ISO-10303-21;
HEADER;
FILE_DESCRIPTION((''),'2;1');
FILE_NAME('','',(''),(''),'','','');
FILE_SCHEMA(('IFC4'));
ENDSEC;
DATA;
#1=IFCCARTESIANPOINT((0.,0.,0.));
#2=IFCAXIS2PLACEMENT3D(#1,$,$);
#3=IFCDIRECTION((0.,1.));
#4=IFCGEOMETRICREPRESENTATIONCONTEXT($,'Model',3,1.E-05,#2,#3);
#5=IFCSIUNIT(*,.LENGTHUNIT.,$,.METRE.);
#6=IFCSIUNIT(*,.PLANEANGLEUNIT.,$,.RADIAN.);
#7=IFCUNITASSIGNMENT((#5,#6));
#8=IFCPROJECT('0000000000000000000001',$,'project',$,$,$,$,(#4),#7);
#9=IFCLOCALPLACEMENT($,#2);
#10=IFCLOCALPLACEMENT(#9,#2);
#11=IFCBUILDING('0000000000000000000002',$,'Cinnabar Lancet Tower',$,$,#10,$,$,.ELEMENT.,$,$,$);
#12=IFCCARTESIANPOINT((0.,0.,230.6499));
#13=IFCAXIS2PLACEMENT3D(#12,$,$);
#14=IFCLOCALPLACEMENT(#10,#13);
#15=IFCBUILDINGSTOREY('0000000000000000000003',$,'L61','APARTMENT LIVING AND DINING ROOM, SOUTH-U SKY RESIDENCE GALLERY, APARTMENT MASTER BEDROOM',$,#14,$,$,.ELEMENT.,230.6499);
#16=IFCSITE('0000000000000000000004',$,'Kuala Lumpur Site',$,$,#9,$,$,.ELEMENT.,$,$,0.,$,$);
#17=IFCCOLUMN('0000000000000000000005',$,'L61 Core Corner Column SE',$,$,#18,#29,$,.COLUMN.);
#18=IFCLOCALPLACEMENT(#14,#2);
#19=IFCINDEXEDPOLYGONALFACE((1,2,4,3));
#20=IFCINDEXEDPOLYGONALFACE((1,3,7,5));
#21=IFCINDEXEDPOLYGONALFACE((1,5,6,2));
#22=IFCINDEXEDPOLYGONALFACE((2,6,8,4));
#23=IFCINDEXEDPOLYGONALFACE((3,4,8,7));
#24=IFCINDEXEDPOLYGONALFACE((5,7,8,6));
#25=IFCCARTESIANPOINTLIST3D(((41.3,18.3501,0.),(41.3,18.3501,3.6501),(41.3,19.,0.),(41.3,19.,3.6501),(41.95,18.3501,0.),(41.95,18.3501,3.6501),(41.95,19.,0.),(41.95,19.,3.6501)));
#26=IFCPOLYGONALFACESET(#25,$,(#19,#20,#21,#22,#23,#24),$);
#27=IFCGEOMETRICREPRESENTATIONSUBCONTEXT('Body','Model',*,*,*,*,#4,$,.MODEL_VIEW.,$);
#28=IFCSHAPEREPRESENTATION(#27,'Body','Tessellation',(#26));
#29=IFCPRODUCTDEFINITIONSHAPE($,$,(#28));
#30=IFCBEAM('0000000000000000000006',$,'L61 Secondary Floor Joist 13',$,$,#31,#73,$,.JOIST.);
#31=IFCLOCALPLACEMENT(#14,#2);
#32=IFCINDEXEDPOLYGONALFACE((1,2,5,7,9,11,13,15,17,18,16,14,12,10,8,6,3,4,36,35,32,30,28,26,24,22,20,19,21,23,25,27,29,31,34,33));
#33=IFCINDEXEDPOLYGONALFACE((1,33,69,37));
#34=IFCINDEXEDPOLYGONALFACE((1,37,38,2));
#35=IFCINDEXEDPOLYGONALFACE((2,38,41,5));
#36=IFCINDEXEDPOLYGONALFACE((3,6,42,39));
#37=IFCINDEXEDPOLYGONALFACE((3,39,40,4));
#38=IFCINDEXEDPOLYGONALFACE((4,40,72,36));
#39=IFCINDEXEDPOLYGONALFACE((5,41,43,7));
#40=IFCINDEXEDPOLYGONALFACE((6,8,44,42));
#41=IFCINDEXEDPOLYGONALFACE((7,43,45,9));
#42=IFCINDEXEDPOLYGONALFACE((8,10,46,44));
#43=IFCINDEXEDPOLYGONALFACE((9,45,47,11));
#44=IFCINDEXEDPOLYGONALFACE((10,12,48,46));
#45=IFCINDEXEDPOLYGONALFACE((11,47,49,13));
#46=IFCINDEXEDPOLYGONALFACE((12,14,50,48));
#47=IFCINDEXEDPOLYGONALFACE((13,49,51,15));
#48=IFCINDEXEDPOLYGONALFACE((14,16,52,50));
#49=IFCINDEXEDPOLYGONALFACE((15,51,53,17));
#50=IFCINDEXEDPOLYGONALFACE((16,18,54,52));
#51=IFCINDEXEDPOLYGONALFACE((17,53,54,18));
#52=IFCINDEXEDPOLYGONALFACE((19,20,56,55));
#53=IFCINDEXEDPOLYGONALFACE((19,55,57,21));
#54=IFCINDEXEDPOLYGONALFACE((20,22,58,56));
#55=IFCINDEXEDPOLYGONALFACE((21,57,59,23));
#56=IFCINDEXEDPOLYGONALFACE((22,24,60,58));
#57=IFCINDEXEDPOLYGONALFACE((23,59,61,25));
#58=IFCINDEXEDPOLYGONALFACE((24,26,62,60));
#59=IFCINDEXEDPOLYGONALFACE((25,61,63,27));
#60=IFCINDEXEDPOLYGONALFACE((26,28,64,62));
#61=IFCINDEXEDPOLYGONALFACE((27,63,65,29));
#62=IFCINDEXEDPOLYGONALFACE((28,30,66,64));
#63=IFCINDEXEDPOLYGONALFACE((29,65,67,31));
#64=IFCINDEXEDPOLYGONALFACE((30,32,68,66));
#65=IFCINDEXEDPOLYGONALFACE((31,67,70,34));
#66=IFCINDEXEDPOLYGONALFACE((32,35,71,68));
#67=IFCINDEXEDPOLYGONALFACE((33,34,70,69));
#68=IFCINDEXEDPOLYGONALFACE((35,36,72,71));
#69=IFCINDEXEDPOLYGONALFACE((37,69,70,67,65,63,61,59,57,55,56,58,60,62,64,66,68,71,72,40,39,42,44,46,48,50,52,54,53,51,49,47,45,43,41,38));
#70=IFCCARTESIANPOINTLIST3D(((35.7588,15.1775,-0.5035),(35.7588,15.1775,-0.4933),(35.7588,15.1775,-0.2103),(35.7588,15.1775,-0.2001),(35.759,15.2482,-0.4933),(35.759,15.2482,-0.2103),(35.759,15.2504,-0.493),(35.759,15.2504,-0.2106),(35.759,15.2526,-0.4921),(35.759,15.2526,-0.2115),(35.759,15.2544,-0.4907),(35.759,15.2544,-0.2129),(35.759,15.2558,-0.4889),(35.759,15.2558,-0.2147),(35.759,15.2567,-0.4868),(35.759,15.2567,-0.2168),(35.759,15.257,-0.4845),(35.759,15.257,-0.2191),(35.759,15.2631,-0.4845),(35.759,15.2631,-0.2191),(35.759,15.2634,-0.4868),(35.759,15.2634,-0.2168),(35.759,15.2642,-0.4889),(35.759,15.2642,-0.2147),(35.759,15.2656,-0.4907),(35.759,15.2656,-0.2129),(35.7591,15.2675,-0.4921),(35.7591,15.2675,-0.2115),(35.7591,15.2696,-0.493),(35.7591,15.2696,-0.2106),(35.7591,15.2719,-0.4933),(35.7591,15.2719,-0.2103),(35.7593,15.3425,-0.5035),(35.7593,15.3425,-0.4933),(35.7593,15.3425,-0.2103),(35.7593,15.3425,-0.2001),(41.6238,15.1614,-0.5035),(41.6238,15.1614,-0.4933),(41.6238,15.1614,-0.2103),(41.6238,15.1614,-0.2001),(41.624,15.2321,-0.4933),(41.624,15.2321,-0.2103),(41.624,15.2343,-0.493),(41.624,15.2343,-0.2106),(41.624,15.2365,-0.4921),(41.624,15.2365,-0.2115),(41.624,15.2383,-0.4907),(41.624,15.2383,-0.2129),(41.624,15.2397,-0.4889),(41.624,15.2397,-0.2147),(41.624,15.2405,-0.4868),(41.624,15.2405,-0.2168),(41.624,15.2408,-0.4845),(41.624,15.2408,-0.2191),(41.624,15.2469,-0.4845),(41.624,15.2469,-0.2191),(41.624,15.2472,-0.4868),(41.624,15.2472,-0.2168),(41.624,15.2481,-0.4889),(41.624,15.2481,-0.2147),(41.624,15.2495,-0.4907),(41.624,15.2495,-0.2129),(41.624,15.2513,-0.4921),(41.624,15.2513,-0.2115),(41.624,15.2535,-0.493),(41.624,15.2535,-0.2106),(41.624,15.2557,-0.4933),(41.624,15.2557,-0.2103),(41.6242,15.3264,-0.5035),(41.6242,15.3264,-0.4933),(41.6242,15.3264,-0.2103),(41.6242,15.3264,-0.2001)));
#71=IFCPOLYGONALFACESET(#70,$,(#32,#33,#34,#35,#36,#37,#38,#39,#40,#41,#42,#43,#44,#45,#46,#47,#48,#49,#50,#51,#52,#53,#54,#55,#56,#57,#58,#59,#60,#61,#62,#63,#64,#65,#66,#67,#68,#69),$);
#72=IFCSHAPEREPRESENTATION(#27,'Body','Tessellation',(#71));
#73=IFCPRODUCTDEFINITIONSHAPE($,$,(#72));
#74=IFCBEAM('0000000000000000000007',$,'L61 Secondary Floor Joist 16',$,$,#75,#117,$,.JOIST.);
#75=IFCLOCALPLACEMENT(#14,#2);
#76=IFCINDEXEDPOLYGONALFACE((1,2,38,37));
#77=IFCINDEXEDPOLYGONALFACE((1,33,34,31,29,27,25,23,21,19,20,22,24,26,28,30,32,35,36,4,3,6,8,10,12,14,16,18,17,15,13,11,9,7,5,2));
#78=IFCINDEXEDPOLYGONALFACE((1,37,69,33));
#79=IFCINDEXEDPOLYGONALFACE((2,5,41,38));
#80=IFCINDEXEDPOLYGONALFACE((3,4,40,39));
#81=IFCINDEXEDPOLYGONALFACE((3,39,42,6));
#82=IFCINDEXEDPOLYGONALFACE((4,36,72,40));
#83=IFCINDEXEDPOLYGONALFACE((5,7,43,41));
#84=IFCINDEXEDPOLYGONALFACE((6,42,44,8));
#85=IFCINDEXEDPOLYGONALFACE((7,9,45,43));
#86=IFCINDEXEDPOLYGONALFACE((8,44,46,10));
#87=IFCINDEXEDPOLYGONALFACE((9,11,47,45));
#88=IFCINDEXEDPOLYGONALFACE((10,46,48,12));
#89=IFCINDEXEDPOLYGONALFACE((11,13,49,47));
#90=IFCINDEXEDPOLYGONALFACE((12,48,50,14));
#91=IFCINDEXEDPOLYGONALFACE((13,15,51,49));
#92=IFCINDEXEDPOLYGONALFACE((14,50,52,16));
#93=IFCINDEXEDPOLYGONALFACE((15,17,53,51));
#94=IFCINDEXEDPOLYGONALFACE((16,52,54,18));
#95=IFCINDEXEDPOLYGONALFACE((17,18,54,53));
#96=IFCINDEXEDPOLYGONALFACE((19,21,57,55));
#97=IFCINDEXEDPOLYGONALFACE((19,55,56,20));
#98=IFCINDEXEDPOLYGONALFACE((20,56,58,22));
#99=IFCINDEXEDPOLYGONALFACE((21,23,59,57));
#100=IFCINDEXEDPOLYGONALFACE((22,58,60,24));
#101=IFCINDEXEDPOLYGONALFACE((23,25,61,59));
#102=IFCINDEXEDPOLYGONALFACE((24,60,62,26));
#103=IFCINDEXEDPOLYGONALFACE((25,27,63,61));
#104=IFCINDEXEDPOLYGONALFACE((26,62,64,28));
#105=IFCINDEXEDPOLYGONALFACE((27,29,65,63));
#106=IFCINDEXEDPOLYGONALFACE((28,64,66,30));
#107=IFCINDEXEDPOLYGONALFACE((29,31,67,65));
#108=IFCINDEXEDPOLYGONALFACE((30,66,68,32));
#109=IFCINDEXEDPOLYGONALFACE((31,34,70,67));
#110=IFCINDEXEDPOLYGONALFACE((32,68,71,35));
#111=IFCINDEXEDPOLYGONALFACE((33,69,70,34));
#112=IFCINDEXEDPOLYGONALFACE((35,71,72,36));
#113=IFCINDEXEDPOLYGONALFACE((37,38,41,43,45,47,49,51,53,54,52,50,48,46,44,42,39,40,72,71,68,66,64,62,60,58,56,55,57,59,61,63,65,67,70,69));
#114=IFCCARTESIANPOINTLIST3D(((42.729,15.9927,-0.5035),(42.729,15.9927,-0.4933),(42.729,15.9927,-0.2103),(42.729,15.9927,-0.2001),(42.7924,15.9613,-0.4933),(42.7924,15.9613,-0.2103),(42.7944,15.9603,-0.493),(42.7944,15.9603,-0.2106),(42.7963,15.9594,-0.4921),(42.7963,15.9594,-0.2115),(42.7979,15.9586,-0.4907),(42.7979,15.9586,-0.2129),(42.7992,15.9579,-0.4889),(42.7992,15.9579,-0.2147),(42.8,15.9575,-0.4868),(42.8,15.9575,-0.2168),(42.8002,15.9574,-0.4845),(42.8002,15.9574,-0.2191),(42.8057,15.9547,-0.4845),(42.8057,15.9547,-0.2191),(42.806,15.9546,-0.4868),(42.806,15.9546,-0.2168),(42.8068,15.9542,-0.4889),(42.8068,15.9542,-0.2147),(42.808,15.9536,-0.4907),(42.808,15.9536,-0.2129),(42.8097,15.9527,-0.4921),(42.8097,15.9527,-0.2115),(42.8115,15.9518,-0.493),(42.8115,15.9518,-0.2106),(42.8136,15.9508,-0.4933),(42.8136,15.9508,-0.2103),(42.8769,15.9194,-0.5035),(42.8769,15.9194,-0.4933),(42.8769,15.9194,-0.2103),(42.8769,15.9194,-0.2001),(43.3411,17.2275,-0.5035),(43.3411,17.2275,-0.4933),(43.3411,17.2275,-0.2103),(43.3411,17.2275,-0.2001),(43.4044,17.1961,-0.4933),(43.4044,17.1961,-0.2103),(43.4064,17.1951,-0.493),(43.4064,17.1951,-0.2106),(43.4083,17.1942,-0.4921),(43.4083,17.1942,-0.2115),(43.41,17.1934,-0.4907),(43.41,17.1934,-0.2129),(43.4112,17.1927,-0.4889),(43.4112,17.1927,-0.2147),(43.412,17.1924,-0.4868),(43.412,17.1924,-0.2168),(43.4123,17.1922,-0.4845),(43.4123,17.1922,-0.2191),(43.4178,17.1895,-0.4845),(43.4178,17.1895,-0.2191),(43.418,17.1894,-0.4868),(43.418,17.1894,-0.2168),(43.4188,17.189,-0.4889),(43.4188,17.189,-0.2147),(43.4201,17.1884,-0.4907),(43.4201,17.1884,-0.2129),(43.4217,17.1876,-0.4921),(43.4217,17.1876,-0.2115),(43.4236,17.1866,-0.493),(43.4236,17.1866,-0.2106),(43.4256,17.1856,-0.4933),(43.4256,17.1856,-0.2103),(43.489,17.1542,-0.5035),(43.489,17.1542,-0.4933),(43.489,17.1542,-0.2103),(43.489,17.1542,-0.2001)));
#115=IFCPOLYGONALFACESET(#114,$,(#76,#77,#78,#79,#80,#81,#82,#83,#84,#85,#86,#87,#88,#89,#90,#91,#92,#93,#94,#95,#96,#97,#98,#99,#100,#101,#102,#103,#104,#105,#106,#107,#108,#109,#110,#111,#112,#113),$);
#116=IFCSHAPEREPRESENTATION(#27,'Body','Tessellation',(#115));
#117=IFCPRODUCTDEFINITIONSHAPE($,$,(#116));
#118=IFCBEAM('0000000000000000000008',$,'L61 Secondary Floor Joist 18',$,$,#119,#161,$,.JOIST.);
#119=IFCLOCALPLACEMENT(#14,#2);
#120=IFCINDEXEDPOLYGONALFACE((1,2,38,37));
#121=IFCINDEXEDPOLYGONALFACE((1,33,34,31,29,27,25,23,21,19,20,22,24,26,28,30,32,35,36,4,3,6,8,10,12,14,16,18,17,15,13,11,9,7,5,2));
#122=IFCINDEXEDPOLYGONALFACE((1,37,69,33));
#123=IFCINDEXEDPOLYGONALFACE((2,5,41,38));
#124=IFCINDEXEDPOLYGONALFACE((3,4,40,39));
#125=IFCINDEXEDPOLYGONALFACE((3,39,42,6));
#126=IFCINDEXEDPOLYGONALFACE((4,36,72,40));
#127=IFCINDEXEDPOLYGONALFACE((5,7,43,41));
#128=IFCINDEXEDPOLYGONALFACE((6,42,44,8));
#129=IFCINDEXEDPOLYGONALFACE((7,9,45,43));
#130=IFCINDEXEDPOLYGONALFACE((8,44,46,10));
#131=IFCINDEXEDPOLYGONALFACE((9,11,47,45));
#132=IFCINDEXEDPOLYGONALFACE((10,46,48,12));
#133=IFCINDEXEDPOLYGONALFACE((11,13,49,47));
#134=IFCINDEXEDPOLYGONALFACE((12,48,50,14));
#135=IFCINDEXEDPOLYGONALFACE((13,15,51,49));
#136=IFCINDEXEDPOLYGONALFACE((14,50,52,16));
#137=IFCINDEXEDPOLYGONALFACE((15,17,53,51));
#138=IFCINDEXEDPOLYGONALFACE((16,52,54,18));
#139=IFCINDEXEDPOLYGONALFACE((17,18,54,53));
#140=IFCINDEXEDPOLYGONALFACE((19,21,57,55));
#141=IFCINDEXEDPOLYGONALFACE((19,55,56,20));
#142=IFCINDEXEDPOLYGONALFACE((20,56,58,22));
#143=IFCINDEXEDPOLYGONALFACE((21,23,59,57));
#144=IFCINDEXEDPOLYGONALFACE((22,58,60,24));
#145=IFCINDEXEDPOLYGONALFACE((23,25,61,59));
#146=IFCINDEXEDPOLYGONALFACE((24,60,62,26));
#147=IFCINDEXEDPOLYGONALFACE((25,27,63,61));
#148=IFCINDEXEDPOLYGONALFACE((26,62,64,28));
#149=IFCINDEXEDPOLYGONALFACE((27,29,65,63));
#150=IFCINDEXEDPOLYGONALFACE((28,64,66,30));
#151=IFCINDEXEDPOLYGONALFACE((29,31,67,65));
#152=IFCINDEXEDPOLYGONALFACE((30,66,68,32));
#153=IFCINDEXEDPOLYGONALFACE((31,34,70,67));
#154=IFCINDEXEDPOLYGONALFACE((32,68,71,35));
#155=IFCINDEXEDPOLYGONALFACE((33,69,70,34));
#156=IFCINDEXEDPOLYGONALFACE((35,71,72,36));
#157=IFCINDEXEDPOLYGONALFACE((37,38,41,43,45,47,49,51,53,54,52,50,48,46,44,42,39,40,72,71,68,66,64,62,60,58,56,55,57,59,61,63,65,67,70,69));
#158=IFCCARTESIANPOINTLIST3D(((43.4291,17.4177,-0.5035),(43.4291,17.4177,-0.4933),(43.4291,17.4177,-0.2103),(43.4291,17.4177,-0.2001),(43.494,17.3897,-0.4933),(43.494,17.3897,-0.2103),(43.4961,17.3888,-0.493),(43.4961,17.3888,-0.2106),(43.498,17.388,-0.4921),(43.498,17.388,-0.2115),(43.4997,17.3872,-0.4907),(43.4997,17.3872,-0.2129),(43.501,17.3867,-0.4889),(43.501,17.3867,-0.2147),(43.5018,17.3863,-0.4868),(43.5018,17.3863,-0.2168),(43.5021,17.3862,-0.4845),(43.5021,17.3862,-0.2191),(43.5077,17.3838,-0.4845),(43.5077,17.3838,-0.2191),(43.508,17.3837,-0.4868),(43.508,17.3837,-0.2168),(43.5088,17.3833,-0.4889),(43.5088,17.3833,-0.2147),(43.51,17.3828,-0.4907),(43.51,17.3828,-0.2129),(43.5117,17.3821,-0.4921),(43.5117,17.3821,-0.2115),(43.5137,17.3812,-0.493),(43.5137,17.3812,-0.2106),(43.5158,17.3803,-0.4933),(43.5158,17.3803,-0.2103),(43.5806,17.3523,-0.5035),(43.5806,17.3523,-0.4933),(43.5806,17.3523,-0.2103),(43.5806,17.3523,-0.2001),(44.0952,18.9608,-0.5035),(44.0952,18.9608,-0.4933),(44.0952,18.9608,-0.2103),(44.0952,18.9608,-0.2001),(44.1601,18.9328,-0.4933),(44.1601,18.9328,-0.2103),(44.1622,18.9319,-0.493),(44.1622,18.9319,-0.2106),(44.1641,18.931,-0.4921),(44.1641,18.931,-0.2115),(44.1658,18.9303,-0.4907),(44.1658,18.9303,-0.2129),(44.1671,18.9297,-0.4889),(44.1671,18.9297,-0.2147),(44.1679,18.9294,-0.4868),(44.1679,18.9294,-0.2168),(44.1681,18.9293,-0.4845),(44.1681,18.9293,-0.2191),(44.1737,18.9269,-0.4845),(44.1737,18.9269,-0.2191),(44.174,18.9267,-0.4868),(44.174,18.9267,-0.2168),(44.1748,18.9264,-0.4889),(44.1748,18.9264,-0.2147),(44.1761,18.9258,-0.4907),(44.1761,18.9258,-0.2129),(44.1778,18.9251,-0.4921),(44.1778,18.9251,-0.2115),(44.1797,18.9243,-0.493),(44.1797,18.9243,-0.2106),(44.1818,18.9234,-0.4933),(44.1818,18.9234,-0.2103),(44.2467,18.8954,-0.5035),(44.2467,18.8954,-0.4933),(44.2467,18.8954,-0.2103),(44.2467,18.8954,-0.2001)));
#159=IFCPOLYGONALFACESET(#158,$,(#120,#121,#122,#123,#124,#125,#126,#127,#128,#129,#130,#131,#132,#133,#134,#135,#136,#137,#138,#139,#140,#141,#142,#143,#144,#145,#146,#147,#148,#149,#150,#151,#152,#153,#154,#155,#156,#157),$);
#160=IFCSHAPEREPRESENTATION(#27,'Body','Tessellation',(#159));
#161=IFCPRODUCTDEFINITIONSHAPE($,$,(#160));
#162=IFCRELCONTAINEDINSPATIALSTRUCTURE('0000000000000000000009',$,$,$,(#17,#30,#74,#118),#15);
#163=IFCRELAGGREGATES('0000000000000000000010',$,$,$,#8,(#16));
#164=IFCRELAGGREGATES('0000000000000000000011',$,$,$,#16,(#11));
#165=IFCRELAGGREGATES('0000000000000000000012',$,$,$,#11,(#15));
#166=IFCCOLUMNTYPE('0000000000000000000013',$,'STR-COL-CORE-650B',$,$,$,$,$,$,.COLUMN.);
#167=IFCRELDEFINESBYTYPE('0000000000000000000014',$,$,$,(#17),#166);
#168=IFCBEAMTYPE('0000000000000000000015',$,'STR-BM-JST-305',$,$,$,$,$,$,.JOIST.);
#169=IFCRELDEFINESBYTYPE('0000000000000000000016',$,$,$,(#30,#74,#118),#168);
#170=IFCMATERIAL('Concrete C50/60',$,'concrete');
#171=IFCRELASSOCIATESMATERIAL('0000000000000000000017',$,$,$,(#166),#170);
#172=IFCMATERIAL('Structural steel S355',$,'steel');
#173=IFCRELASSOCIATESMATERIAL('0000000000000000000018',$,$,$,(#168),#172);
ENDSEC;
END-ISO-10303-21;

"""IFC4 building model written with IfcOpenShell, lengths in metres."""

from ifc_helpers import new_model, si_unit, direction, frame, origin, origin_2d, place, context, subcontext, project, spatial, rectangle, i_section, extrude, material, material_profile, profile_set, type_object, element, save


model = new_model("IFC4")

# Units and contexts
model_context = context("Model", 3, precision=1e-05, world=origin(), true_north=direction((0.0, 1.0)))
body_context = subcontext(model_context, "Body", "Model", "MODEL_VIEW")
ifc_project = project(units=[si_unit("LENGTHUNIT", "METRE"), si_unit("PLANEANGLEUNIT", "RADIAN")], contexts=[model_context])

# Site, building, storey
site_placement = place(None, origin())
site = spatial("IfcSite", under=ifc_project, at=site_placement, Name="Kuala Lumpur Site", CompositionType="ELEMENT", RefElevation=0.0)
building_placement = place(site_placement, origin())
building = spatial("IfcBuilding", under=site, at=building_placement, Name="Cinnabar Lancet Tower", CompositionType="ELEMENT")
storey_placement = place(building_placement, frame((0.0, 0.0, 230.6499)))
storey = spatial("IfcBuildingStorey", under=building, at=storey_placement, Name="L61", Description="APARTMENT LIVING AND DINING ROOM, SOUTH-U SKY RESIDENCE GALLERY, APARTMENT MASTER BEDROOM", CompositionType="ELEMENT", Elevation=230.6499)

# Column
ifc_material_1 = material(Name="Concrete C50/60", Category="concrete")
ifc_material_profile_1 = material_profile(ifc_material_1, rectangle(XDim=0.6499, YDim=0.6499, at=origin_2d()), Name="RC-COL 650x650")
ifc_profile_set_1 = profile_set([ifc_material_profile_1], Name="Concrete C50/60")
column_type = type_object("IfcColumnType", Name="STR-COL-CORE-650B", PredefinedType="COLUMN", material=ifc_profile_set_1)
column_placement = place(storey_placement, frame((41.625, 18.675, 0.0), z_axis=(0.0, 0.0, 1.0), x_axis=(1.0, 0.0, 0.0)))
element("IfcColumn", 1, at=column_placement, inside=storey, type_object=column_type, Name="L61 Core Corner Column SE", PredefinedType="COLUMN", context=body_context, shape_type="SweptSolid", body=[
    extrude(rectangle(XDim=0.6499, YDim=0.6499, at=origin_2d()), origin(), (0.0, 0.0, 1.0), 3.6501),
])

# Beams
ifc_material_2 = material(Name="Structural steel S355", Category="steel")
ifc_material_profile_2 = material_profile(ifc_material_2, i_section(OverallWidth=0.165, OverallDepth=0.3035, WebThickness=0.0061, FlangeThickness=0.0103, FilletRadius=0.0088, at=origin_2d()), Name="UKB 305x165x40")
ifc_profile_set_2 = profile_set([ifc_material_profile_2], Name="Structural steel S355")
beam_type_1 = type_object("IfcBeamType", Name="STR-BM-JST-305", PredefinedType="JOIST", material=ifc_profile_set_2)
beam_1_placement = place(storey_placement, frame((35.759, 15.26, -0.3518), z_axis=(0.999996, -0.002747, 0.0), x_axis=(0.002747, 0.999996, 0.0)))
element("IfcBeam", 2, at=beam_1_placement, inside=storey, type_object=beam_type_1, Name="L61 Secondary Floor Joist 13", PredefinedType="JOIST", context=body_context, shape_type="SweptSolid", body=[
    extrude(i_section(OverallWidth=0.165, OverallDepth=0.3035, WebThickness=0.0061, FlangeThickness=0.0103, FilletRadius=0.0088, at=origin_2d()), origin(), (0.0, 0.0, 1.0), 5.865),
])
beam_2_placement = place(storey_placement, frame((42.803, 15.9561, -0.3518), z_axis=(0.444093, 0.895981, 0.0), x_axis=(-0.895981, 0.444093, 0.0)))
element("IfcBeam", 3, at=beam_2_placement, inside=storey, type_object=beam_type_1, Name="L61 Secondary Floor Joist 16", PredefinedType="JOIST", context=body_context, shape_type="SweptSolid", body=[
    extrude(i_section(OverallWidth=0.165, OverallDepth=0.3035, WebThickness=0.0061, FlangeThickness=0.0103, FilletRadius=0.0088, at=origin_2d()), origin(), (0.0, 0.0, 1.0), 1.3782),
])
beam_3_placement = place(storey_placement, frame((43.5049, 17.385, -0.3518), z_axis=(0.396302, 0.91812, 0.0), x_axis=(-0.91812, 0.396302, 0.0)))
element("IfcBeam", 4, at=beam_3_placement, inside=storey, type_object=beam_type_1, Name="L61 Secondary Floor Joist 18", PredefinedType="JOIST", context=body_context, shape_type="SweptSolid", body=[
    extrude(i_section(OverallWidth=0.165, OverallDepth=0.3035, WebThickness=0.0061, FlangeThickness=0.0103, FilletRadius=0.0088, at=origin_2d()), origin(), (0.0, 0.0, 1.0), 1.6807),
])

save(model, "model.ifc")
